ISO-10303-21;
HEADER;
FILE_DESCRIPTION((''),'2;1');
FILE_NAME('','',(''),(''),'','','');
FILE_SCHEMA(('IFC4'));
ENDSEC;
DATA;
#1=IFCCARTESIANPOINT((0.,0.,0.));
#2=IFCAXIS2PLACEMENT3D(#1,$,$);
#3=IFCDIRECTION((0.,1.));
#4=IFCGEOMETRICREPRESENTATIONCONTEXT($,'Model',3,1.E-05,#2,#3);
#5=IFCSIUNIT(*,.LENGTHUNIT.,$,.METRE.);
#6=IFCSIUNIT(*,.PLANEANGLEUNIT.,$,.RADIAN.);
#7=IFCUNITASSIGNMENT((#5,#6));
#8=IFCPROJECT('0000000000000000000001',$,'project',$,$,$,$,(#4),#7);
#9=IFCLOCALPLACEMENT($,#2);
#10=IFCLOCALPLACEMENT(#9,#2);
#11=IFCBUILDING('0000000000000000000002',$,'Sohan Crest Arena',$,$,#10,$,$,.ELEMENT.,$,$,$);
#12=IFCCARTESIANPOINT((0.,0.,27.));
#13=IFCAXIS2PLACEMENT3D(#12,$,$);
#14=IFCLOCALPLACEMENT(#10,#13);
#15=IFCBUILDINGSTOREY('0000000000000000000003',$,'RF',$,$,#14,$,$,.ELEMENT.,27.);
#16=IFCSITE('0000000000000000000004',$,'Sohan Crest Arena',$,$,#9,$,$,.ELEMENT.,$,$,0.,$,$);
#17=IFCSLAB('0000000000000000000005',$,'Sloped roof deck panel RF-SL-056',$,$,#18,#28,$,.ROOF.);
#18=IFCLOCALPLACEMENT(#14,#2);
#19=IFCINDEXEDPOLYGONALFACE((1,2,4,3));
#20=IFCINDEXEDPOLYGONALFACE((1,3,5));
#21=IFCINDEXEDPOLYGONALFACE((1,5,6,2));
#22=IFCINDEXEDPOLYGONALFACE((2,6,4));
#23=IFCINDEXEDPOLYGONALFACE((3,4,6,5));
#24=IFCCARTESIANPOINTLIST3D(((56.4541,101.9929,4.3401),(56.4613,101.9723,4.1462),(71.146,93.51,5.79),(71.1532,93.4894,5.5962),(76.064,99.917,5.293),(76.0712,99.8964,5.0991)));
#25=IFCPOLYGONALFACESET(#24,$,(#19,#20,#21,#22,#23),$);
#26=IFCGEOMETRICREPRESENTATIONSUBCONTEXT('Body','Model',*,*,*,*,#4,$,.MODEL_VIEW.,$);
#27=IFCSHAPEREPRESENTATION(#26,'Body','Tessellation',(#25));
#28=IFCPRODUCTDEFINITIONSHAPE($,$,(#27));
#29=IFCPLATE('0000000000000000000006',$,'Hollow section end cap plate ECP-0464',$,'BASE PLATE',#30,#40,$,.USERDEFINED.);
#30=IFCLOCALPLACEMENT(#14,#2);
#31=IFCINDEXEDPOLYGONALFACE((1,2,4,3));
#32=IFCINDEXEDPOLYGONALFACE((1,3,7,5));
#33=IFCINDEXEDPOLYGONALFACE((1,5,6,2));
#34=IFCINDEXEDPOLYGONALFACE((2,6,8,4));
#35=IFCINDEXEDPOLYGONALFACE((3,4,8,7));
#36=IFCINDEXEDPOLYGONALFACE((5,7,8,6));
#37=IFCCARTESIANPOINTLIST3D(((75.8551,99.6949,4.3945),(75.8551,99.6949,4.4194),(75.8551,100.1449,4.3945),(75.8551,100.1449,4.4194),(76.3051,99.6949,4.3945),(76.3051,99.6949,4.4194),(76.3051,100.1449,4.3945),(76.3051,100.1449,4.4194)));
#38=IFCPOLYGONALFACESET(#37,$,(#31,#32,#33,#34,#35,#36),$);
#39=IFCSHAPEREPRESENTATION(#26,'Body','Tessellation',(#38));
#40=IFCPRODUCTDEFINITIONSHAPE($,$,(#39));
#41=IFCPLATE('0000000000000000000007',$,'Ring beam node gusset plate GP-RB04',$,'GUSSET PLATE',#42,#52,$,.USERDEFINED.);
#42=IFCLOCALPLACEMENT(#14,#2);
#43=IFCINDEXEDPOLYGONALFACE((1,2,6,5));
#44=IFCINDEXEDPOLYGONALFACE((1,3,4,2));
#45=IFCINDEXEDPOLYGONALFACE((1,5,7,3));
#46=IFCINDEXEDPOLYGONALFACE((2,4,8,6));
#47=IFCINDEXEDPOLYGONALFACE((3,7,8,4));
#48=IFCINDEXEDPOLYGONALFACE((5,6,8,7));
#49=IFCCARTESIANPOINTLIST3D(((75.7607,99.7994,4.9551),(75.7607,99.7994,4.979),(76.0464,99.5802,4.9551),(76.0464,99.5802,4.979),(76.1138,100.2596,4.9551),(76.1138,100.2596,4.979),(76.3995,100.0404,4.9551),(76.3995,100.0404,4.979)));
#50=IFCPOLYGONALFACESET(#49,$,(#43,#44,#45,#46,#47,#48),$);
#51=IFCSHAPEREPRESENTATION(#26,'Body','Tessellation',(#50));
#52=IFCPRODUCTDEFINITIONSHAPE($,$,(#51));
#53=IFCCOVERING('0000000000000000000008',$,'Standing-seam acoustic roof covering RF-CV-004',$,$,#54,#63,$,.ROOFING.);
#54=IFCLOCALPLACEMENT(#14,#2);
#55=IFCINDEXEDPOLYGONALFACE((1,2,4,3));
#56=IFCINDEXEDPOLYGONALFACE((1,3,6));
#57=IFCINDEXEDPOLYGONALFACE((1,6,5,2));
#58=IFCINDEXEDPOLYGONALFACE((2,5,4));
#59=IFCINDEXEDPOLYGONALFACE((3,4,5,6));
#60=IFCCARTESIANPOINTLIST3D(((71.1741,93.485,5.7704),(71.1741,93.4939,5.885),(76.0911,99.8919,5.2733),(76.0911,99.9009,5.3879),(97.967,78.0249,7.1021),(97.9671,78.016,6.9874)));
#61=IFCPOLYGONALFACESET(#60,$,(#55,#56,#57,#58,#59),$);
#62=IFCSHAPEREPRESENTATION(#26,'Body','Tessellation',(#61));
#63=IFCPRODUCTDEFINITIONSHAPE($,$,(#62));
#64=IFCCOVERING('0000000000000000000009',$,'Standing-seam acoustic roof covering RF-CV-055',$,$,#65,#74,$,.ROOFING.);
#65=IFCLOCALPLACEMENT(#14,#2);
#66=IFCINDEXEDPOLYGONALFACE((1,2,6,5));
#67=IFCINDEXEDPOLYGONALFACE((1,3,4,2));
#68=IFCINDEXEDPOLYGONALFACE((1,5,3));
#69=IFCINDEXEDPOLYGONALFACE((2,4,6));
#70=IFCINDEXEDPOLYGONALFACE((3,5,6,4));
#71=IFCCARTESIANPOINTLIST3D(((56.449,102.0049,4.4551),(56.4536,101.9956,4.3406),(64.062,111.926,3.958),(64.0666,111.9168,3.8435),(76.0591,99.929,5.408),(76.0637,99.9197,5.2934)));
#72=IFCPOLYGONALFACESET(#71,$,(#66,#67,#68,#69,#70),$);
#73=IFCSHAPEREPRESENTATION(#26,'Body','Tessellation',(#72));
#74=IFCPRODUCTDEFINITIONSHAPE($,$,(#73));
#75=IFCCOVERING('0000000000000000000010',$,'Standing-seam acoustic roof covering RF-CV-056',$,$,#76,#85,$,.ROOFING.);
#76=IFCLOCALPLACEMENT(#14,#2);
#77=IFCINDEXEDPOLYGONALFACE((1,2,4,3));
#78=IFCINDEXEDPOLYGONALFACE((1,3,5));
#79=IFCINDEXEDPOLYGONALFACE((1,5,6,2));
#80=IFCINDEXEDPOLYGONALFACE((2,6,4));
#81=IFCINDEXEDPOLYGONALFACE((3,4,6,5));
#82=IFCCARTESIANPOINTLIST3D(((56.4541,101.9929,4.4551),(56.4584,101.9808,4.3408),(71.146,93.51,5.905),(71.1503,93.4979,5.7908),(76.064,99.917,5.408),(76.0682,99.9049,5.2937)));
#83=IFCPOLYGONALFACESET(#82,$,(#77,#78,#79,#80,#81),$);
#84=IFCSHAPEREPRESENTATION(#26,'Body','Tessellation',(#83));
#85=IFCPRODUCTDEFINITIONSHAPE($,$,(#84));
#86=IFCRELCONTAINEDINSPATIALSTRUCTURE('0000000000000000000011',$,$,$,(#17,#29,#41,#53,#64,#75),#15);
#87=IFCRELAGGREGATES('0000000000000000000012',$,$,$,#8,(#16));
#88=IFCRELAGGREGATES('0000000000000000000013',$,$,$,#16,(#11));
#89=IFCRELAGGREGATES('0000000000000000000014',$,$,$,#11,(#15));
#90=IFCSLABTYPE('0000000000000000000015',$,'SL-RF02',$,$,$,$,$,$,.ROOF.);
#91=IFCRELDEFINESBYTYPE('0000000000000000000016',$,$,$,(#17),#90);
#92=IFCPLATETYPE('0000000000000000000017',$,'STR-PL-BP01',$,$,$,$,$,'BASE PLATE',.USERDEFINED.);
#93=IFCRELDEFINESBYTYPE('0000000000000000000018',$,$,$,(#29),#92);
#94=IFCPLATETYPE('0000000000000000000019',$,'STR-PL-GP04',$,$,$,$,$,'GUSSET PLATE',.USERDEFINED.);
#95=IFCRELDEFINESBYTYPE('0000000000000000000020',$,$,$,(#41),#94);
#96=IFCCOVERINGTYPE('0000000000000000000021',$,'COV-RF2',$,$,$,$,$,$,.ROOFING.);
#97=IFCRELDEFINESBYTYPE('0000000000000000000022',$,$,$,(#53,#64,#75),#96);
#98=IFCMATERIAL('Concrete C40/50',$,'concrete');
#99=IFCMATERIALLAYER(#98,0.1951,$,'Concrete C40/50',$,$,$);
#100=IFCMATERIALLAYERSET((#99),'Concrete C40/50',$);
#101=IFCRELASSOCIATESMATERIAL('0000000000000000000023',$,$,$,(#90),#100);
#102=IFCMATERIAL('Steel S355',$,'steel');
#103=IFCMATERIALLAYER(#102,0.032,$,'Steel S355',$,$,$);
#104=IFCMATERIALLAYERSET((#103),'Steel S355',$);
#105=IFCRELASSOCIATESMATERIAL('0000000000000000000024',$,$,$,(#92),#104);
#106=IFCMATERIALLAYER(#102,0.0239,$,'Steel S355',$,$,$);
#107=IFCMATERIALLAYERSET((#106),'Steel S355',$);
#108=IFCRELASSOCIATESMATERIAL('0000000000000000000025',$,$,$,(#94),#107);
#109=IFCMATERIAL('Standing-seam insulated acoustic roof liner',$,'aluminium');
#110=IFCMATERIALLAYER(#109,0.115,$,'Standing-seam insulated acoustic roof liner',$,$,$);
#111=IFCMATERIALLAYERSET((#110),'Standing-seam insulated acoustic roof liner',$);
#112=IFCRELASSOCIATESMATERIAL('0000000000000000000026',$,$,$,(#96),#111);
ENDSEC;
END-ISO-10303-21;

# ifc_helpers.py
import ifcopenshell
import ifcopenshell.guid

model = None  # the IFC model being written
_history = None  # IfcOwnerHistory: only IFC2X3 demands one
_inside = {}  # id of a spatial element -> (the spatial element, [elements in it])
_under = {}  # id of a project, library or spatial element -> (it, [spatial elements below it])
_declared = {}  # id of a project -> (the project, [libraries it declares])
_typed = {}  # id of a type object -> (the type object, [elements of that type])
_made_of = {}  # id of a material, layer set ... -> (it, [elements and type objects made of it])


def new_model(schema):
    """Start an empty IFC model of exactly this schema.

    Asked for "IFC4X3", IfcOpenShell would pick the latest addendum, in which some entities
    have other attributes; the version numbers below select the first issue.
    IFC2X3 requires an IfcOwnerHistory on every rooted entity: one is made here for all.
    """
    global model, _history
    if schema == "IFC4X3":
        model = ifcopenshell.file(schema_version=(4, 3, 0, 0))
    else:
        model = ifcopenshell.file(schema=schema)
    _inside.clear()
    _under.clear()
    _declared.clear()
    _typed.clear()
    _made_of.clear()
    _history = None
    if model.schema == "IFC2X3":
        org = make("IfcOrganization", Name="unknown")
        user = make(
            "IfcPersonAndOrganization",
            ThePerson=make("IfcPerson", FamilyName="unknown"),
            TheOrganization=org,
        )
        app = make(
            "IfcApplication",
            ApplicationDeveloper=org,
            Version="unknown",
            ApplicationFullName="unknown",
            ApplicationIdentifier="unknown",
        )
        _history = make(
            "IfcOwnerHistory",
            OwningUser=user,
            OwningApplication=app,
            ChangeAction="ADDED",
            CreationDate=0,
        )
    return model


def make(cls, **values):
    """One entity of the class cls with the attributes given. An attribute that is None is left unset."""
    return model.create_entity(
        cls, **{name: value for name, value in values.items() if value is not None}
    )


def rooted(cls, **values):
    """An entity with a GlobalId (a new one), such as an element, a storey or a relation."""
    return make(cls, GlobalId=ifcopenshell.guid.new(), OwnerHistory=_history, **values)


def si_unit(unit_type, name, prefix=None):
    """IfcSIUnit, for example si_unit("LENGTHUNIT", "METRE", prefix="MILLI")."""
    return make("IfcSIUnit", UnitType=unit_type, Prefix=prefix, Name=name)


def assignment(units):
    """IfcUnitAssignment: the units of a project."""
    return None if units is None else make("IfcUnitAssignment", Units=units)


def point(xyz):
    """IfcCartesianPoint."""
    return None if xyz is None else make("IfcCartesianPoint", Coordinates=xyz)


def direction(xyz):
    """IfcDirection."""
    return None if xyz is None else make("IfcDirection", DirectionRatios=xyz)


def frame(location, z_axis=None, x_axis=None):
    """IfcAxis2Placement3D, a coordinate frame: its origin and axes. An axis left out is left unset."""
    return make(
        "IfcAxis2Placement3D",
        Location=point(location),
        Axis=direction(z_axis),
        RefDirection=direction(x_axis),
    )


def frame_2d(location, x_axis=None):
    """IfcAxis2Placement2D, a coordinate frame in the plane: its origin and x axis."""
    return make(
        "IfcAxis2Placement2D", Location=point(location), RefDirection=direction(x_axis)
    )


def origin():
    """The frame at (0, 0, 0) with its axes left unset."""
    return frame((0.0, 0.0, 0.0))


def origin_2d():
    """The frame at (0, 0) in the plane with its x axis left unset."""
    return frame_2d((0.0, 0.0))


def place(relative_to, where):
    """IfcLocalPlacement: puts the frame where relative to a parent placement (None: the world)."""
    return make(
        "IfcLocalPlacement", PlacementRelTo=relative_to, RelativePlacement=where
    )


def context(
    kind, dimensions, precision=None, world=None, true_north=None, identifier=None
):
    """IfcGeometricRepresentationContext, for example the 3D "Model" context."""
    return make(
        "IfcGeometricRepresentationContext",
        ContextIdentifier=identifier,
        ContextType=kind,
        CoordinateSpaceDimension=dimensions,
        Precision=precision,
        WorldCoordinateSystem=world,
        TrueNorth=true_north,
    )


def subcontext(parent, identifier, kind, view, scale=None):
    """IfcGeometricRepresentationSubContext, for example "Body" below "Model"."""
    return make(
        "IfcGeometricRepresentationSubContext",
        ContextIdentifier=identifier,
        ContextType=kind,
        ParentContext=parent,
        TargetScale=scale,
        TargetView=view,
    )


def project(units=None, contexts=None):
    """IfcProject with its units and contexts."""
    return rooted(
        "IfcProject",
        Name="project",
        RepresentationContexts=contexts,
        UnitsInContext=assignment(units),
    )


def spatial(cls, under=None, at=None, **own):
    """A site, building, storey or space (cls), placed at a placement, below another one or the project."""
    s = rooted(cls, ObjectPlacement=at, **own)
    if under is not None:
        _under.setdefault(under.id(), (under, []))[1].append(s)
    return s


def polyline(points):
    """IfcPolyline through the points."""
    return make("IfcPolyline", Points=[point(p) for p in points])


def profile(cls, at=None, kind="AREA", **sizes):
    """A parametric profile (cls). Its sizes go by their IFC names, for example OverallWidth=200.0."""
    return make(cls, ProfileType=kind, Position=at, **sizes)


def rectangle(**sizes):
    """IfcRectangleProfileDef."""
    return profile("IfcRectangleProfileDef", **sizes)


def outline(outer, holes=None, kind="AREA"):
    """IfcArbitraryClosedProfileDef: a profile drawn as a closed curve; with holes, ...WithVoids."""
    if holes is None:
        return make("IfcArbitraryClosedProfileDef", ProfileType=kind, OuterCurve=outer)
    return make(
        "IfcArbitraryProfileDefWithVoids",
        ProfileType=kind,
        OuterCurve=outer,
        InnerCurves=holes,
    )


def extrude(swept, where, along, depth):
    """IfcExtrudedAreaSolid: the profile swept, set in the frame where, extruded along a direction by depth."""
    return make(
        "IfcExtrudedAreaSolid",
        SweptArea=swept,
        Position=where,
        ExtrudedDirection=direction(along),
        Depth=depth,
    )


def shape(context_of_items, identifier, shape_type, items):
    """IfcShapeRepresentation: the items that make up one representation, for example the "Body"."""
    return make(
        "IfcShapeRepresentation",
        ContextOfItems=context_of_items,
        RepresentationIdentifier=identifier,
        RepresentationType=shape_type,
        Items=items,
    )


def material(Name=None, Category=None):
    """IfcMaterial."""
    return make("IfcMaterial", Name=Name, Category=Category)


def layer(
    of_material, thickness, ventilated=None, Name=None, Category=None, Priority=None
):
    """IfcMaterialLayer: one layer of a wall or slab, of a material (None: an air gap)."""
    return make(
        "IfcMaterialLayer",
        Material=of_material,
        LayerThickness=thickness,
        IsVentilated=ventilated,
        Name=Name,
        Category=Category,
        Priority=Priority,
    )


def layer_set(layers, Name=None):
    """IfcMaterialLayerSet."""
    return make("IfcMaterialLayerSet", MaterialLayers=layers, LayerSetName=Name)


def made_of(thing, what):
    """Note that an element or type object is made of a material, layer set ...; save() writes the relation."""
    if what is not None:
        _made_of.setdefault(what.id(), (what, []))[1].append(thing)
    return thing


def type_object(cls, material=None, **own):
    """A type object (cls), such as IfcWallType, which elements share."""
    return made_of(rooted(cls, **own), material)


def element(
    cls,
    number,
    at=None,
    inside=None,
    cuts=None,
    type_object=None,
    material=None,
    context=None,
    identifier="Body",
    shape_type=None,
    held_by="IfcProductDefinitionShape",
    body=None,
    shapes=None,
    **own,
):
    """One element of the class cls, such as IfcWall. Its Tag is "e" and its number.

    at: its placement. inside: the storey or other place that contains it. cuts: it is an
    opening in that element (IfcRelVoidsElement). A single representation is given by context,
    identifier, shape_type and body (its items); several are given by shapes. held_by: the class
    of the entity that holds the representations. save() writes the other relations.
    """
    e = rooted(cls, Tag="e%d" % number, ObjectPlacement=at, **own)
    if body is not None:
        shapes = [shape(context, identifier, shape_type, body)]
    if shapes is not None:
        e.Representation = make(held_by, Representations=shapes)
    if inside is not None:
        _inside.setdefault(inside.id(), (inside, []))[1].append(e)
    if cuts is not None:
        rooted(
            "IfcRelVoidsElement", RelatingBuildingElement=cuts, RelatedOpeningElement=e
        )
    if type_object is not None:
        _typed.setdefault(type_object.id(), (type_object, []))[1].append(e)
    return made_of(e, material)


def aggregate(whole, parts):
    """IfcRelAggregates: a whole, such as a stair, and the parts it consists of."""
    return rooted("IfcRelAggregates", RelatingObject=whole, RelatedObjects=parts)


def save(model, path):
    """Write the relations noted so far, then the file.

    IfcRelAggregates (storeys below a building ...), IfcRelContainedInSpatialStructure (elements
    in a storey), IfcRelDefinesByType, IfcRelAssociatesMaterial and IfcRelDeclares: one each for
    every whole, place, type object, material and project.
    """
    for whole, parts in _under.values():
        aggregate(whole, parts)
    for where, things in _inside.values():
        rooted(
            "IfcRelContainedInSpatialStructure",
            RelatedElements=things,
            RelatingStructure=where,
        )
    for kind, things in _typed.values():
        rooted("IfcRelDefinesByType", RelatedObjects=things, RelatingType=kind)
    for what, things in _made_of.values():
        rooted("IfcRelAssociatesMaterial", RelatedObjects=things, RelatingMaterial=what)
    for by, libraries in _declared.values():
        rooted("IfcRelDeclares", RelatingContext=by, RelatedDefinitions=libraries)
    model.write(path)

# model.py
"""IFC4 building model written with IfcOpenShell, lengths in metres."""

from ifc_helpers import new_model, si_unit, direction, frame, origin, origin_2d, place, context, subcontext, project, spatial, polyline, rectangle, outline, extrude, material, layer, layer_set, type_object, element, save


model = new_model("IFC4")

# Units and contexts
model_context = context("Model", 3, precision=1e-05, world=origin(), true_north=direction((0.0, 1.0)))
body_context = subcontext(model_context, "Body", "Model", "MODEL_VIEW")
ifc_project = project(units=[si_unit("LENGTHUNIT", "METRE"), si_unit("PLANEANGLEUNIT", "RADIAN")], contexts=[model_context])

# Site, building, storey
site_placement = place(None, origin())
site = spatial("IfcSite", under=ifc_project, at=site_placement, Name="Sohan Crest Arena", CompositionType="ELEMENT", RefElevation=0.0)
building_placement = place(site_placement, origin())
building = spatial("IfcBuilding", under=site, at=building_placement, Name="Sohan Crest Arena", CompositionType="ELEMENT")
storey_placement = place(building_placement, frame((0.0, 0.0, 27.0)))
storey = spatial("IfcBuildingStorey", under=building, at=storey_placement, Name="RF", CompositionType="ELEMENT", Elevation=27.0)

# Shared definitions
ifc_material_1 = material(Name="Concrete C40/50", Category="concrete")

# Shared definitions
ifc_material_2 = material(Name="Steel S355", Category="steel")

# Slab
ifc_layer_1 = layer(ifc_material_1, 0.1951, Name="Concrete C40/50")
ifc_layer_set_1 = layer_set([ifc_layer_1], Name="Concrete C40/50")
slab_type_1 = type_object("IfcSlabType", Name="SL-RF02", PredefinedType="ROOF", material=ifc_layer_set_1)
slab_1_placement = place(storey_placement, frame((76.064, 99.917, 5.293), z_axis=(-0.03711, 0.105581, 0.993718), x_axis=(-0.993284, 0.10515, -0.048266)))
element("IfcSlab", 1, at=slab_1_placement, inside=storey, type_object=slab_type_1, Name="Sloped roof deck panel RF-SL-056", PredefinedType="ROOF", context=body_context, shape_type="SweptSolid", body=[
    extrude(outline(polyline([(0.0, 0.0), (19.7424, 0.0), (4.1873, 6.9246), (0.0, 0.0)])), origin(), (0.0, 0.0, -1.0), 0.1951),
])

# Plates
ifc_layer_2 = layer(ifc_material_2, 0.032, Name="Steel S355")
ifc_layer_set_2 = layer_set([ifc_layer_2], Name="Steel S355")
plate_type_1 = type_object("IfcPlateType", Name="STR-PL-BP01", ElementType="BASE PLATE", PredefinedType="USERDEFINED", material=ifc_layer_set_2)
plate_1_placement = place(storey_placement, frame((76.0801, 99.9199, 4.3945), z_axis=(0.0, 0.0, 1.0), x_axis=(1.0, 0.0, 0.0)))
element("IfcPlate", 2, at=plate_1_placement, inside=storey, type_object=plate_type_1, Name="Hollow section end cap plate ECP-0464", ObjectType="BASE PLATE", PredefinedType="USERDEFINED", context=body_context, shape_type="SweptSolid", body=[
    extrude(rectangle(XDim=0.45, YDim=0.45, at=origin_2d()), origin(), (0.0, 0.0, 1.0), 0.0249),
])
ifc_layer_3 = layer(ifc_material_2, 0.0239, Name="Steel S355")
ifc_layer_set_3 = layer_set([ifc_layer_3], Name="Steel S355")
plate_type_2 = type_object("IfcPlateType", Name="STR-PL-GP04", ElementType="GUSSET PLATE", PredefinedType="USERDEFINED", material=ifc_layer_set_3)
plate_2_placement = place(storey_placement, frame((76.0801, 99.9199, 4.9551), z_axis=(0.0, 0.0, 1.0), x_axis=(0.608761, 0.793353, 0.0)))
element("IfcPlate", 3, at=plate_2_placement, inside=storey, type_object=plate_type_2, Name="Ring beam node gusset plate GP-RB04", ObjectType="GUSSET PLATE", PredefinedType="USERDEFINED", context=body_context, shape_type="SweptSolid", body=[
    extrude(rectangle(XDim=0.5801, YDim=0.3601, at=origin_2d()), origin(), (0.0, 0.0, 1.0), 0.0239),
])

# Coverings
ifc_material_3 = material(Name="Standing-seam insulated acoustic roof liner", Category="aluminium")
ifc_layer_4 = layer(ifc_material_3, 0.115, Name="Standing-seam insulated acoustic roof liner")
ifc_layer_set_4 = layer_set([ifc_layer_4], Name="Standing-seam insulated acoustic roof liner")
covering_type = type_object("IfcCoveringType", Name="COV-RF2", PredefinedType="ROOFING", material=ifc_layer_set_4)
covering_1_placement = place(storey_placement, frame((76.0911, 99.9009, 5.3879), z_axis=(-0.000436, 0.077683, 0.996978), x_axis=(-0.607669, -0.791811, 0.061431)))
element("IfcCovering", 4, at=covering_1_placement, inside=storey, type_object=covering_type, Name="Standing-seam acoustic roof covering RF-CV-004", PredefinedType="ROOFING", context=body_context, shape_type="SweptSolid", body=[
    extrude(outline(polyline([(0.0, 0.0), (8.0916, 0.0), (4.1336, 30.7078), (0.0, 0.0)])), origin(), (0.0, 0.0, -1.0), 0.115),
])
covering_2_placement = place(storey_placement, frame((76.0591, 99.929, 5.408), z_axis=(-0.039873, 0.080497, 0.995957), x_axis=(-0.704539, 0.704539, -0.08515)))
element("IfcCovering", 5, at=covering_2_placement, inside=storey, type_object=covering_type, Name="Standing-seam acoustic roof covering RF-CV-055", PredefinedType="ROOFING", context=body_context, shape_type="SweptSolid", body=[
    extrude(outline(polyline([(0.0, 0.0), (17.0283, 0.0), (15.3598, 12.4037), (0.0, 0.0)])), origin(), (0.0, 0.0, -1.0), 0.115),
])
covering_3_placement = place(storey_placement, frame((76.064, 99.917, 5.408), z_axis=(-0.03711, 0.105581, 0.993718), x_axis=(-0.993284, 0.10515, -0.048266)))
element("IfcCovering", 6, at=covering_3_placement, inside=storey, type_object=covering_type, Name="Standing-seam acoustic roof covering RF-CV-056", PredefinedType="ROOFING", context=body_context, shape_type="SweptSolid", body=[
    extrude(outline(polyline([(0.0, 0.0), (19.7424, 0.0), (4.1873, 6.9246), (0.0, 0.0)])), origin(), (0.0, 0.0, -1.0), 0.115),
])

save(model, "model.ifc")
